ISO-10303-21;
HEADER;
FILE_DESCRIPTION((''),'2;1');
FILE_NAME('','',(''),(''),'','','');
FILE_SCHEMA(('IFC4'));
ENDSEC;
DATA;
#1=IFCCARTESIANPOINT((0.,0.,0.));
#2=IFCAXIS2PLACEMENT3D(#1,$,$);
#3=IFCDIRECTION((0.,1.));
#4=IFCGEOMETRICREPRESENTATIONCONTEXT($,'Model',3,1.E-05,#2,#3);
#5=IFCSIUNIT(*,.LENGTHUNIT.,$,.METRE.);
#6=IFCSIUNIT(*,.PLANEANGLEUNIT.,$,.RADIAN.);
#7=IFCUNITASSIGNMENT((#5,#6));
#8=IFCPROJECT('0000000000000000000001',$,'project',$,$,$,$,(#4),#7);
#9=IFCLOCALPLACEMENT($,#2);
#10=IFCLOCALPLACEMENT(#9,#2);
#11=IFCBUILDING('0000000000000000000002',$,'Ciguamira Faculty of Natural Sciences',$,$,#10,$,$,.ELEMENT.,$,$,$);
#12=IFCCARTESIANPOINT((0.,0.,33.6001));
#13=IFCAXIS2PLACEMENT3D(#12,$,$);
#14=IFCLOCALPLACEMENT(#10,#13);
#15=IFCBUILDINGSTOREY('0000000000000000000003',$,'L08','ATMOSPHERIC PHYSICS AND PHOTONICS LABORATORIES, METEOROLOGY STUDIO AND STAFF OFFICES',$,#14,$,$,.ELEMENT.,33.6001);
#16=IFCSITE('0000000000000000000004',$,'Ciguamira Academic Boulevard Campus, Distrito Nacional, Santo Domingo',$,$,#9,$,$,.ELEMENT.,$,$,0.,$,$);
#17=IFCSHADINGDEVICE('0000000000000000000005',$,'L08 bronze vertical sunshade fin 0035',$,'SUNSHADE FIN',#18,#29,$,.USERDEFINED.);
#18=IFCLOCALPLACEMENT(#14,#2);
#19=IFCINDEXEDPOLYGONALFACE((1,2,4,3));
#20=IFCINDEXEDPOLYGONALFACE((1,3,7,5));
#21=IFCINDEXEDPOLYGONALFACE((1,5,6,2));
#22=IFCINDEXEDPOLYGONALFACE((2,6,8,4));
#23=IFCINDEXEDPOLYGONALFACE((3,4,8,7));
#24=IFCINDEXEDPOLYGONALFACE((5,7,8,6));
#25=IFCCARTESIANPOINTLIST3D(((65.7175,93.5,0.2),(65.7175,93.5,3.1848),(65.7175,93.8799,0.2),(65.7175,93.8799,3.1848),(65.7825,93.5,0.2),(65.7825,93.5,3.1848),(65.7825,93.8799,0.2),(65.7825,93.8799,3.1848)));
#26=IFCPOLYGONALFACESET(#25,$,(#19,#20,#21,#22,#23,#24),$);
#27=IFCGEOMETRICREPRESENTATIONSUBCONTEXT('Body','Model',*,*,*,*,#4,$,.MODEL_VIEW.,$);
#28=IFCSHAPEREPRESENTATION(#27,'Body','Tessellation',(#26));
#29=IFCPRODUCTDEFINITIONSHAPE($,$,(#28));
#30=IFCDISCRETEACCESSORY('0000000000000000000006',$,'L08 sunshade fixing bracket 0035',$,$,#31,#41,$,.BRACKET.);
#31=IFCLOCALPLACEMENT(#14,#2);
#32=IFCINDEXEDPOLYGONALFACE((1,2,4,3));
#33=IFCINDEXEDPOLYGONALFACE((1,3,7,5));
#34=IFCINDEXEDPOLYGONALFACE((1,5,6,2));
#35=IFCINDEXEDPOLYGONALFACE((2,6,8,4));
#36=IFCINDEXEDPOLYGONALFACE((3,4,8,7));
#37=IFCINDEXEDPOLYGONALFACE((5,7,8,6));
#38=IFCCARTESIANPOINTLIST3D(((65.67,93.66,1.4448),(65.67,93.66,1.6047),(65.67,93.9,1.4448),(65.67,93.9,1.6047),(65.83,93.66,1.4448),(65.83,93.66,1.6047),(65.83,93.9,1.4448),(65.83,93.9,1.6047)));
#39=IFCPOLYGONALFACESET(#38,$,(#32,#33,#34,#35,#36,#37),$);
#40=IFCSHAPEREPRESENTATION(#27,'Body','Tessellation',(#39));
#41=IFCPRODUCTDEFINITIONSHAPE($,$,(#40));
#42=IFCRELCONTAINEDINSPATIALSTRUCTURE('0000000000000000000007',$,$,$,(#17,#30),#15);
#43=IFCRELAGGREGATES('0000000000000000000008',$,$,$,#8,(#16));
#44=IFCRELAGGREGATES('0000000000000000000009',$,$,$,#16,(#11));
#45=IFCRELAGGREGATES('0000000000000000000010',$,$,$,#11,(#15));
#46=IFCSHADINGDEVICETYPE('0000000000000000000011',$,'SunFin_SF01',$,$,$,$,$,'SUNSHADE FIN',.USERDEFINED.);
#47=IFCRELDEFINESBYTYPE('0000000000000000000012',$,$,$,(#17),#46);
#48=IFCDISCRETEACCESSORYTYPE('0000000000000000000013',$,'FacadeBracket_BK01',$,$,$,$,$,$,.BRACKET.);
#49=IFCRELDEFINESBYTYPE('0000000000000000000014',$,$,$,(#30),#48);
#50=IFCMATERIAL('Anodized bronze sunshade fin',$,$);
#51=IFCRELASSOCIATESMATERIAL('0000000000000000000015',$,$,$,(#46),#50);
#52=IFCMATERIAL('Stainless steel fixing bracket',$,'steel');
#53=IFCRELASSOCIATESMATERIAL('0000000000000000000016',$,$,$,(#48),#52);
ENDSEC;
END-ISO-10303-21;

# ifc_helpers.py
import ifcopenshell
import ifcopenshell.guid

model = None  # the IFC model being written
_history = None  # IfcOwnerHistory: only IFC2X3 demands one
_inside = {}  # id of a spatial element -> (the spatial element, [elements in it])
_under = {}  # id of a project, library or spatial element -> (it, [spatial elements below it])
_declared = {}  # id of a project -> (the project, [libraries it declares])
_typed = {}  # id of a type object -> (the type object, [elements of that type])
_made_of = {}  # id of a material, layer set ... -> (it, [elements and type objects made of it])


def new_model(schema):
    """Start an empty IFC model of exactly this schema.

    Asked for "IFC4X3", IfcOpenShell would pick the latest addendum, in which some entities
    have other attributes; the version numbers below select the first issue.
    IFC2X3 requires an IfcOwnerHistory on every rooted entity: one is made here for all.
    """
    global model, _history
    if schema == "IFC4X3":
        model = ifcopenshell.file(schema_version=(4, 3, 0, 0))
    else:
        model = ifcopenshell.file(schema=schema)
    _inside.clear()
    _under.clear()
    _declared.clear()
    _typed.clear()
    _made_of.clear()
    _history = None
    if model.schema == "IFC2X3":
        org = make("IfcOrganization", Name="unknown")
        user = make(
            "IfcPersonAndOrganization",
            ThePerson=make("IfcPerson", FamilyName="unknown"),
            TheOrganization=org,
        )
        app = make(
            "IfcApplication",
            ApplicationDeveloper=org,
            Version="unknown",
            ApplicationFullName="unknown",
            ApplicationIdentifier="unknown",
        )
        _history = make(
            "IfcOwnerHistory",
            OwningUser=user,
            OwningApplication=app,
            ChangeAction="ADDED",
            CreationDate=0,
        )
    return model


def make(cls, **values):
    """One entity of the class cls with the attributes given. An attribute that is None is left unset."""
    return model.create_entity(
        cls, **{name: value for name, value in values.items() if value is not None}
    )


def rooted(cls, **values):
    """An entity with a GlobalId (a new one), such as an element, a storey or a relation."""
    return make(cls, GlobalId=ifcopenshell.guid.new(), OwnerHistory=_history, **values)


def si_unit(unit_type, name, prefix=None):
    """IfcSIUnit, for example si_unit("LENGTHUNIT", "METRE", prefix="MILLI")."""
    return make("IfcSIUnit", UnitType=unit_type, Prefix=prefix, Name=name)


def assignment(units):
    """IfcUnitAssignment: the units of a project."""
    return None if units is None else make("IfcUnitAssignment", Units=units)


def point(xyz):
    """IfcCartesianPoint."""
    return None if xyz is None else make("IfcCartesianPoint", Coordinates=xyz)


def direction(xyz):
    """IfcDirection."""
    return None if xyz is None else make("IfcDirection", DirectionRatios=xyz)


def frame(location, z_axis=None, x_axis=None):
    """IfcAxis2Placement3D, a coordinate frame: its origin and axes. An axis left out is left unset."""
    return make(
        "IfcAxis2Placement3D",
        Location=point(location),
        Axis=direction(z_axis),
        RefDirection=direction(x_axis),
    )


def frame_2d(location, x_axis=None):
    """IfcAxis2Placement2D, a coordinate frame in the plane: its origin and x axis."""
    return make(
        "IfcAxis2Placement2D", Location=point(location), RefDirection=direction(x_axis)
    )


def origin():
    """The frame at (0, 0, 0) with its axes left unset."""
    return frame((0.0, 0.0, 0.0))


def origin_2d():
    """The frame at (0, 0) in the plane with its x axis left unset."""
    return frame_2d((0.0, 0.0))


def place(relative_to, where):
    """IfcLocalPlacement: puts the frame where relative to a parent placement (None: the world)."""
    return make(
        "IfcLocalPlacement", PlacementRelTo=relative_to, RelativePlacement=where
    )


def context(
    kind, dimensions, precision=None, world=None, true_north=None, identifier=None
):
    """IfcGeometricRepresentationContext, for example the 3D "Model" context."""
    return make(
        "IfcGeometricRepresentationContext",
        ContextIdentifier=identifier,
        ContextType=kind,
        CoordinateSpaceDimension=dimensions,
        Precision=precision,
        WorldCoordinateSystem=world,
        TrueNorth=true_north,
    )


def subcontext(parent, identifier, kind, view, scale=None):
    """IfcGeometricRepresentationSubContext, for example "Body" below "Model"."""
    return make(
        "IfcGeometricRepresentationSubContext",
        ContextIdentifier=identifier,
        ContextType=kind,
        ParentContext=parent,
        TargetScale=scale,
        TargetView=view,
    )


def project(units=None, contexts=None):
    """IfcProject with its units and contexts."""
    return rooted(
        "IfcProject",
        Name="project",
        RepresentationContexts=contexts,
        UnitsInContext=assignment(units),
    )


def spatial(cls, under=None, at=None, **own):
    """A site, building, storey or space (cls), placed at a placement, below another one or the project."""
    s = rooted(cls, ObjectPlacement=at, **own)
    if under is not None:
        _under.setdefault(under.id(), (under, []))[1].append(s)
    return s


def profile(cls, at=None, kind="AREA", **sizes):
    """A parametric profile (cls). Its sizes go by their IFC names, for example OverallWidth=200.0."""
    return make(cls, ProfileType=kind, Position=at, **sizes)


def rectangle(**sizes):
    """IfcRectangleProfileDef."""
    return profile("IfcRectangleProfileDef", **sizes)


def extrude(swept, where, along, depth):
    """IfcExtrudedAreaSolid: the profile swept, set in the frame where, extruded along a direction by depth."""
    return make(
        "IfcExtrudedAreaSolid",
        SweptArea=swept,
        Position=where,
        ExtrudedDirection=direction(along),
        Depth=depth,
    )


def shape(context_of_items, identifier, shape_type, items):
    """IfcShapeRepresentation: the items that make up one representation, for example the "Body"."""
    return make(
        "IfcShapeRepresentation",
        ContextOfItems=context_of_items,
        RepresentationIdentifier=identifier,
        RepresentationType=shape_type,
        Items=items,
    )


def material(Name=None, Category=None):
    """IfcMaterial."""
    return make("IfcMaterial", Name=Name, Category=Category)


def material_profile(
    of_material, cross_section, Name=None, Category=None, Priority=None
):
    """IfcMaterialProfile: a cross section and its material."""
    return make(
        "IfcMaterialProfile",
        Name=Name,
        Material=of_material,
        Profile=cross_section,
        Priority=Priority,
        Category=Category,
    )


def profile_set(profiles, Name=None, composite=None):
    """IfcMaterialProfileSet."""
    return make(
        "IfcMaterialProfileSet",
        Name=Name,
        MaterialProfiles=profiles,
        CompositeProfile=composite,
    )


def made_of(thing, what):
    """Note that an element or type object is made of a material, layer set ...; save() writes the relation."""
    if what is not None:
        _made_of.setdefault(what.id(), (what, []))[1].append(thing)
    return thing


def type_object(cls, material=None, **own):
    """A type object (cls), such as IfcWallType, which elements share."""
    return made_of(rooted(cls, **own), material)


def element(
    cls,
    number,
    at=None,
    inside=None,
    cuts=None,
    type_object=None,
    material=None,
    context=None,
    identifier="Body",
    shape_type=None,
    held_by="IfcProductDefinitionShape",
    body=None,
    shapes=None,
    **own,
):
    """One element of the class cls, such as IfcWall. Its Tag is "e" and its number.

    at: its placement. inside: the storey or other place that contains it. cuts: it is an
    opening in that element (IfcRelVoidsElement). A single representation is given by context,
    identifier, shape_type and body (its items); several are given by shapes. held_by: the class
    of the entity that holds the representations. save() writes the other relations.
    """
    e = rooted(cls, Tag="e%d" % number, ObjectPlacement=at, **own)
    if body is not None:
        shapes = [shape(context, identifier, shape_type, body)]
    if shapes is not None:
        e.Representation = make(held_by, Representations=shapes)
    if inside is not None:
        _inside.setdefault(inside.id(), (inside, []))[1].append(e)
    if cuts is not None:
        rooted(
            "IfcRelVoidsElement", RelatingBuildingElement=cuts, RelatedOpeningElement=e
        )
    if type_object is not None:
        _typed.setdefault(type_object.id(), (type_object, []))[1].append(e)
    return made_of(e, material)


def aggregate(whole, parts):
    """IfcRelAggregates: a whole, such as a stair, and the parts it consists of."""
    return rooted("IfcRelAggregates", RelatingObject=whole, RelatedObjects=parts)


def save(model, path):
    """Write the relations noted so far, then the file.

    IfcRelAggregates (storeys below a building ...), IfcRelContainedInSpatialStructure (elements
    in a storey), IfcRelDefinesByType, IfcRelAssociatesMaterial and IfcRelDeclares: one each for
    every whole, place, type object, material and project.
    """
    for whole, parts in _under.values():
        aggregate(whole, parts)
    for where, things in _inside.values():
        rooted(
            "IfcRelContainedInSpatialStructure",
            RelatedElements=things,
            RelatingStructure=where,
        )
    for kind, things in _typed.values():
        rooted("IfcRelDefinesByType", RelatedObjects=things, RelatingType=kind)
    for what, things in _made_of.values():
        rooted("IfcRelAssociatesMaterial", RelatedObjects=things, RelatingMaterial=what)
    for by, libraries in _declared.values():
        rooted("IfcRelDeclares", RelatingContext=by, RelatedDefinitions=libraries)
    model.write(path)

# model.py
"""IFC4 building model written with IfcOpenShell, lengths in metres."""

from ifc_helpers import new_model, si_unit, direction, frame, origin, origin_2d, place, context, subcontext, project, spatial, rectangle, extrude, material, material_profile, profile_set, type_object, element, save


model = new_model("IFC4")

# Units and contexts
model_context = context("Model", 3, precision=1e-05, world=origin(), true_north=direction((0.0, 1.0)))
body_context = subcontext(model_context, "Body", "Model", "MODEL_VIEW")
ifc_project = project(units=[si_unit("LENGTHUNIT", "METRE"), si_unit("PLANEANGLEUNIT", "RADIAN")], contexts=[model_context])

# Site, building, storey
site_placement = place(None, origin())
site = spatial("IfcSite", under=ifc_project, at=site_placement, Name="Ciguamira Academic Boulevard Campus, Distrito Nacional, Santo Domingo", CompositionType="ELEMENT", RefElevation=0.0)
building_placement = place(site_placement, origin())
building = spatial("IfcBuilding", under=site, at=building_placement, Name="Ciguamira Faculty of Natural Sciences", CompositionType="ELEMENT")
storey_placement = place(building_placement, frame((0.0, 0.0, 33.6001)))
storey = spatial("IfcBuildingStorey", under=building, at=storey_placement, Name="L08", Description="ATMOSPHERIC PHYSICS AND PHOTONICS LABORATORIES, METEOROLOGY STUDIO AND STAFF OFFICES", CompositionType="ELEMENT", Elevation=33.6001)

# Shading device
ifc_material_1 = material(Name="Anodized bronze sunshade fin")
ifc_material_profile_1 = material_profile(ifc_material_1, rectangle(XDim=0.0649, YDim=0.3799, at=origin_2d()), Name="BRZ-FIN-65X380")
ifc_profile_set_1 = profile_set([ifc_material_profile_1], Name="Anodized bronze sunshade fin")
shading_device_type = type_object("IfcShadingDeviceType", Name="SunFin_SF01", ElementType="SUNSHADE FIN", PredefinedType="USERDEFINED", material=ifc_profile_set_1)
shading_device_placement = place(storey_placement, frame((65.75, 93.6899, 0.2), z_axis=(0.0, 0.0, 1.0), x_axis=(1.0, 0.0, 0.0)))
element("IfcShadingDevice", 1, at=shading_device_placement, inside=storey, type_object=shading_device_type, Name="L08 bronze vertical sunshade fin 0035", ObjectType="SUNSHADE FIN", PredefinedType="USERDEFINED", context=body_context, shape_type="SweptSolid", body=[
    extrude(rectangle(XDim=0.0649, YDim=0.3799, at=origin_2d()), origin(), (0.0, 0.0, 1.0), 2.9849),
])

# Discrete accessory
ifc_material_2 = material(Name="Stainless steel fixing bracket", Category="steel")
discrete_accessory_type = type_object("IfcDiscreteAccessoryType", Name="FacadeBracket_BK01", PredefinedType="BRACKET", material=ifc_material_2)
discrete_accessory_placement = place(storey_placement, frame((65.75, 93.78, 1.4448), z_axis=(0.0, 0.0, 1.0), x_axis=(1.0, 0.0, 0.0)))
element("IfcDiscreteAccessory", 2, at=discrete_accessory_placement, inside=storey, type_object=discrete_accessory_type, Name="L08 sunshade fixing bracket 0035", PredefinedType="BRACKET", context=body_context, shape_type="SweptSolid", body=[
    extrude(rectangle(XDim=0.1599, YDim=0.24, at=origin_2d()), origin(), (0.0, 0.0, 1.0), 0.1599),
])

save(model, "model.ifc")
